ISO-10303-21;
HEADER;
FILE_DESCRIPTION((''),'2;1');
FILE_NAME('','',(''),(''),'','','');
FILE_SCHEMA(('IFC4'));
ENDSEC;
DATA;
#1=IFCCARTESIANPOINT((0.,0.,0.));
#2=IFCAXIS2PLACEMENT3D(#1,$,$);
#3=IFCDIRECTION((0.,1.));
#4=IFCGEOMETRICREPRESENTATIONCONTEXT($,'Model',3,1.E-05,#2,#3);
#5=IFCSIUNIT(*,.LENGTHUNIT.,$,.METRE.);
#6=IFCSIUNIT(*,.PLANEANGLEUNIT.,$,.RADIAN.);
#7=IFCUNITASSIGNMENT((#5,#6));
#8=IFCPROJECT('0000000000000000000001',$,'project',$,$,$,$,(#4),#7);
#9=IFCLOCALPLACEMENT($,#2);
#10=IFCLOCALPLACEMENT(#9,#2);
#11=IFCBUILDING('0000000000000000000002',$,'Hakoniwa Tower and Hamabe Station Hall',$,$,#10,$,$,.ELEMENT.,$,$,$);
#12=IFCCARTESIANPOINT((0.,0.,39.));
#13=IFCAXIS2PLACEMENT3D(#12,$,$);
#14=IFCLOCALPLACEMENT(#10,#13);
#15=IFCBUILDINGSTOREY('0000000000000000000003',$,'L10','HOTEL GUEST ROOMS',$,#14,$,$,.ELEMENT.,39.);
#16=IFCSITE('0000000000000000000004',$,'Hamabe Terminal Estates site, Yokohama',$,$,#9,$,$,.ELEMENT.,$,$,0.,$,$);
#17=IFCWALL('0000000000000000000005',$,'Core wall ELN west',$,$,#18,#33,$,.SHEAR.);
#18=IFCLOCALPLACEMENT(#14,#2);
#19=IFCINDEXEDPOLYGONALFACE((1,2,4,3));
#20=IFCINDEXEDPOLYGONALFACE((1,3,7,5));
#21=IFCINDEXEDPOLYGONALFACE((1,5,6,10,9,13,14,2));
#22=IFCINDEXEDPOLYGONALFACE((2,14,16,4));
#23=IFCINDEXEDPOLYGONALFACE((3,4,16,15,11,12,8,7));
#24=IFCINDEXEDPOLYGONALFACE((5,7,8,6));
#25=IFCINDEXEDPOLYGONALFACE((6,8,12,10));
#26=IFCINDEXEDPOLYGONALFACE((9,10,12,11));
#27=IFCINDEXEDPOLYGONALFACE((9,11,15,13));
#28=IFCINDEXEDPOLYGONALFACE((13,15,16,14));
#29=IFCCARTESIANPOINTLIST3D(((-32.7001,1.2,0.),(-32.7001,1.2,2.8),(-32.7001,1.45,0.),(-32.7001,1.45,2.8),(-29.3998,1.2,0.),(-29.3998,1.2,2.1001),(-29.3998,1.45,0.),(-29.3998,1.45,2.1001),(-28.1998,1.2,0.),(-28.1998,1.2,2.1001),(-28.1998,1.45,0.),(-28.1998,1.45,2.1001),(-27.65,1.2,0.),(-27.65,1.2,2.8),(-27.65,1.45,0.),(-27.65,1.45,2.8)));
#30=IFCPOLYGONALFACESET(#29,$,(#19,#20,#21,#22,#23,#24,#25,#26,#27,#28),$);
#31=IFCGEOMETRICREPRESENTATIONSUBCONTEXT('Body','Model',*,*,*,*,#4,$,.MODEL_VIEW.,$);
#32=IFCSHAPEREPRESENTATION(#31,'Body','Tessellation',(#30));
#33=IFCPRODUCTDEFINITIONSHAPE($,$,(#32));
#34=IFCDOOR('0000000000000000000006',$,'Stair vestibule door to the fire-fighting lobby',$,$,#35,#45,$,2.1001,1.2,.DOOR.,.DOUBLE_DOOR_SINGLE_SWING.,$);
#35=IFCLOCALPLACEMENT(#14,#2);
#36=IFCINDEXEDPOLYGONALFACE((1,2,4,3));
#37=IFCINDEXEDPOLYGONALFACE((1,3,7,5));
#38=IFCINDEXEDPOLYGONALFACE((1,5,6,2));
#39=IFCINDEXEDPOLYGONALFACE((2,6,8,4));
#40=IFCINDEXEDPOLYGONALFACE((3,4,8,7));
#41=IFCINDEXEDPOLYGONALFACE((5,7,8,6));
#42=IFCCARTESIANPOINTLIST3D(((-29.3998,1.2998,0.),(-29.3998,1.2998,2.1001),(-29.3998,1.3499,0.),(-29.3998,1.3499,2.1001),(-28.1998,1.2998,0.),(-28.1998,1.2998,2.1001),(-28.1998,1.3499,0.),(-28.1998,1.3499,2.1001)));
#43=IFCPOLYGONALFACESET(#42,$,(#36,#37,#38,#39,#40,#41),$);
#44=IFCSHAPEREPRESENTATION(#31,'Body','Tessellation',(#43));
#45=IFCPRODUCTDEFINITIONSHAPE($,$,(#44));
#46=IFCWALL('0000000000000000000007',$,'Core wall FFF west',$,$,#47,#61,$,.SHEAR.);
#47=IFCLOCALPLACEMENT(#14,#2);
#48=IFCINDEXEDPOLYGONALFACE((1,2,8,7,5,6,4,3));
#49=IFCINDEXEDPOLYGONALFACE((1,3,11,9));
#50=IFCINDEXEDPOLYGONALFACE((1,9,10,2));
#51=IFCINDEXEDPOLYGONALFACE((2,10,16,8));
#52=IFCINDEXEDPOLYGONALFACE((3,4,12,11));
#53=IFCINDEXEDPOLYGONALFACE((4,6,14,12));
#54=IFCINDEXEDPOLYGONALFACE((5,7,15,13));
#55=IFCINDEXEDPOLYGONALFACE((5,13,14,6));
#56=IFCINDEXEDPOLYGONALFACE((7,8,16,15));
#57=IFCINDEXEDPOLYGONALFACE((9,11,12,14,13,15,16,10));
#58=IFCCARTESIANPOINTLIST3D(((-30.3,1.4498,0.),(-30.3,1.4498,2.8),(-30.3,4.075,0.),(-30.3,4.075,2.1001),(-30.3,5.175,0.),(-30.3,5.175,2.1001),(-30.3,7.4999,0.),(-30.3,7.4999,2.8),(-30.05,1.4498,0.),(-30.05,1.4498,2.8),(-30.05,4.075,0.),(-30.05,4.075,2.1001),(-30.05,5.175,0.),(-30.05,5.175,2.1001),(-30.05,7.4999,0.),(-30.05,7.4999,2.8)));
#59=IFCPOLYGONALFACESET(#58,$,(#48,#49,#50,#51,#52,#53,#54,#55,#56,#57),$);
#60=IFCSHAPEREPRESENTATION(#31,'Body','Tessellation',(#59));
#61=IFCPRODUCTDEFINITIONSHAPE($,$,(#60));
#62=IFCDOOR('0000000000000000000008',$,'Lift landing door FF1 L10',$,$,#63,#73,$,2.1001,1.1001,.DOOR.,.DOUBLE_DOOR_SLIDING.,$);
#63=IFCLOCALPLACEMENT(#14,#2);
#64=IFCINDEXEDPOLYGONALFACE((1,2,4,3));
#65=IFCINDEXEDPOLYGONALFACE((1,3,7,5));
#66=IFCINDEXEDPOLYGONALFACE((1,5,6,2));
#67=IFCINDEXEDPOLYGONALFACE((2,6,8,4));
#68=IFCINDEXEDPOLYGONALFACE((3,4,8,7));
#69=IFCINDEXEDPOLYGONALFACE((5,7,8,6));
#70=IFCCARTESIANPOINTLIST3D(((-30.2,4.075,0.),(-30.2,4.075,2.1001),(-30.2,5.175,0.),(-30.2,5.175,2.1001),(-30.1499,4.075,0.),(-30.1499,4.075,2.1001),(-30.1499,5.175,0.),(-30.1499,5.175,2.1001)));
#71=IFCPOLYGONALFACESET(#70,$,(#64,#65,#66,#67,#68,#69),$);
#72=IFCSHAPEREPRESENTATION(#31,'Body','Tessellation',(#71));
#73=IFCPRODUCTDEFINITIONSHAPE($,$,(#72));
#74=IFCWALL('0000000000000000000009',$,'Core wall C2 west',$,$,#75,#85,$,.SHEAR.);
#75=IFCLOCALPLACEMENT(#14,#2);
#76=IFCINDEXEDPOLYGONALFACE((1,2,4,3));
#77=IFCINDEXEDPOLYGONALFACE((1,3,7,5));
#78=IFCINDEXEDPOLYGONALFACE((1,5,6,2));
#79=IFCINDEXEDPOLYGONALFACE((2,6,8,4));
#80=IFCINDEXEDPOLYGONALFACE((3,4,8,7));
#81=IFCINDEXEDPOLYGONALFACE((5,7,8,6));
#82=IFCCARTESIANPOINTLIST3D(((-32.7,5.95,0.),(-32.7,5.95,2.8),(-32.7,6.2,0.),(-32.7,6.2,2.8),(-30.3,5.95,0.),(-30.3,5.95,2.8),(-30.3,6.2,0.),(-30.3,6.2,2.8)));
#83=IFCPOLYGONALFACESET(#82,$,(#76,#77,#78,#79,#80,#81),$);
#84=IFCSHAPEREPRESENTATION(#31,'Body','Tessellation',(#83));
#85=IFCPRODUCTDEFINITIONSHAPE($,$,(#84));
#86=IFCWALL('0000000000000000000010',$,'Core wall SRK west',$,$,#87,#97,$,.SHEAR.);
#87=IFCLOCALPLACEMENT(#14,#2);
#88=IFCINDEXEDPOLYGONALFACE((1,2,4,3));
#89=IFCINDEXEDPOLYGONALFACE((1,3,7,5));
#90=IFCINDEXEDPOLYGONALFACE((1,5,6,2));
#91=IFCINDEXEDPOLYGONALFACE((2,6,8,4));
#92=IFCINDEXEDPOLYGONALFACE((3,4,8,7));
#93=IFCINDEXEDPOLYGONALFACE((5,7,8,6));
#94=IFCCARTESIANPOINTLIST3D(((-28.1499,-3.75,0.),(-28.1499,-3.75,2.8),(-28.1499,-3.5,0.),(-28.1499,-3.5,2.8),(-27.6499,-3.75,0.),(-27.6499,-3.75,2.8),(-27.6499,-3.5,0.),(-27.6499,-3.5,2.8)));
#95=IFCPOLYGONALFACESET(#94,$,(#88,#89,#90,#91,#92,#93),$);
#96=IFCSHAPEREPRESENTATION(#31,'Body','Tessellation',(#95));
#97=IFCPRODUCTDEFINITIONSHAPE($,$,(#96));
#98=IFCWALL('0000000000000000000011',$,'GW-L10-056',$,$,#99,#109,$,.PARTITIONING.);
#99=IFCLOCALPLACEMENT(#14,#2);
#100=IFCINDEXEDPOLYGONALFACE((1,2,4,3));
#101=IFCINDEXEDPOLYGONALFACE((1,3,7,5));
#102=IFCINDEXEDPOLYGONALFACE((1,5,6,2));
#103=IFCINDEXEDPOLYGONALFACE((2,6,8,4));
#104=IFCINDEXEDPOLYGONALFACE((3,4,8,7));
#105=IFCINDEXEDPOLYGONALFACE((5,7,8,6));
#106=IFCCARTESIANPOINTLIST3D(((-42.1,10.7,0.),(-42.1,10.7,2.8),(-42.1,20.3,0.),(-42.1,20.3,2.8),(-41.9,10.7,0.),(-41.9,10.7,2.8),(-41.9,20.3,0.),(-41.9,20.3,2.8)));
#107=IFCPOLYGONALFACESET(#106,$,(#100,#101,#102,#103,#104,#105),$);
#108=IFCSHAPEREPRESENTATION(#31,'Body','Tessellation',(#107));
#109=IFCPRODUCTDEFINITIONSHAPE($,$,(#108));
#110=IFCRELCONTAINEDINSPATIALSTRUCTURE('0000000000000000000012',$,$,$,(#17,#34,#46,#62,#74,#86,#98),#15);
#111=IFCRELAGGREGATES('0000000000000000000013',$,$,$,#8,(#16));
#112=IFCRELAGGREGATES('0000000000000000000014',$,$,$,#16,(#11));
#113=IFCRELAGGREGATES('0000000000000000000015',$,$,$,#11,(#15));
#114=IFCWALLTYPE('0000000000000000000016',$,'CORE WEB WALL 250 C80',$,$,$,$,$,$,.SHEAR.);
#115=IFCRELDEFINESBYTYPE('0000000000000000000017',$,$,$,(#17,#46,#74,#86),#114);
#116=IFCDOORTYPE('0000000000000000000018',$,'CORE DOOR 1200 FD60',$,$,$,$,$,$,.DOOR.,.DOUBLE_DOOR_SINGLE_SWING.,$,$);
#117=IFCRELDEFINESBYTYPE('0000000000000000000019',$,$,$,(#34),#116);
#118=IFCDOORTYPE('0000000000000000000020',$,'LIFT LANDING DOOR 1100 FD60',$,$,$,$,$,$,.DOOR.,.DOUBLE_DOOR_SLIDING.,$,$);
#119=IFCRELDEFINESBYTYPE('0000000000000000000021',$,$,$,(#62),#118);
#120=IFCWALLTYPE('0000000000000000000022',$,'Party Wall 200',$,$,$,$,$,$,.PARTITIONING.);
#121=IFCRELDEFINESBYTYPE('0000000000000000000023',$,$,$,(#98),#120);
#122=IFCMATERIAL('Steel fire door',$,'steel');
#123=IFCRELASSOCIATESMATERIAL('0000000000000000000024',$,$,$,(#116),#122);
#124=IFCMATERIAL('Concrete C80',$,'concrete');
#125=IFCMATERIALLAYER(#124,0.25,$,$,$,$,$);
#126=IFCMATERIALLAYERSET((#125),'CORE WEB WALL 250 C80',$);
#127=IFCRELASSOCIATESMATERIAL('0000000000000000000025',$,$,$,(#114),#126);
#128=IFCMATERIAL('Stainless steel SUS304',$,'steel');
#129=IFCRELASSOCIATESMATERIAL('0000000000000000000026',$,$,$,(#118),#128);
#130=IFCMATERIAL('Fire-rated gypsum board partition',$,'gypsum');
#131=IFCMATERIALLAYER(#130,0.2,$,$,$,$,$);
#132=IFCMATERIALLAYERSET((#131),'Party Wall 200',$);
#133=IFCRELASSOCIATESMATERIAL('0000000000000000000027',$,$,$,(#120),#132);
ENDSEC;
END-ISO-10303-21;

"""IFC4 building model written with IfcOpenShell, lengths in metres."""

from ifc_helpers import new_model, si_unit, direction, frame, frame_2d, origin, place, context, subcontext, project, spatial, rectangle, extrude, material, layer, layer_set, type_object, element, fill, save


model = new_model("IFC4")

# Units and contexts
model_context = context("Model", 3, precision=1e-05, world=origin(), true_north=direction((0.0, 1.0)))
body_context = subcontext(model_context, "Body", "Model", "MODEL_VIEW")
ifc_project = project(units=[si_unit("LENGTHUNIT", "METRE"), si_unit("PLANEANGLEUNIT", "RADIAN")], contexts=[model_context])

# Site, building, storey
site_placement = place(None, origin())
site = spatial("IfcSite", under=ifc_project, at=site_placement, Name="Hamabe Terminal Estates site, Yokohama", CompositionType="ELEMENT", RefElevation=0.0)
building_placement = place(site_placement, origin())
building = spatial("IfcBuilding", under=site, at=building_placement, Name="Hakoniwa Tower and Hamabe Station Hall", CompositionType="ELEMENT")
storey_placement = place(building_placement, frame((0.0, 0.0, 39.0)))
storey = spatial("IfcBuildingStorey", under=building, at=storey_placement, Name="L10", Description="HOTEL GUEST ROOMS", CompositionType="ELEMENT", Elevation=39.0)

# Shared definitions
ifc_material_1 = material(Name="Steel fire door", Category="steel")
door_type_1 = type_object("IfcDoorType", Name="CORE DOOR 1200 FD60", OperationType="DOUBLE_DOOR_SINGLE_SWING", PredefinedType="DOOR", material=ifc_material_1)

# Walls, openings, doors
ifc_material_2 = material(Name="Concrete C80", Category="concrete")
ifc_layer_1 = layer(ifc_material_2, 0.25)
ifc_layer_set_1 = layer_set([ifc_layer_1], Name="CORE WEB WALL 250 C80")
wall_type_1 = type_object("IfcWallType", Name="CORE WEB WALL 250 C80", PredefinedType="SHEAR", material=ifc_layer_set_1)
wall_1_placement = place(storey_placement, frame((-32.7, 1.325, 0.0), z_axis=(0.0, 0.0, 1.0), x_axis=(1.0, 0.0, 0.0)))
wall_1 = element("IfcWall", 1, at=wall_1_placement, inside=storey, type_object=wall_type_1, Name="Core wall ELN west", PredefinedType="SHEAR", context=body_context, shape_type="SweptSolid", body=[
    extrude(rectangle(XDim=5.05, YDim=0.25, at=frame_2d((2.5249, 0.0))), origin(), (0.0, 0.0, 1.0), 2.8),
])
opening_1_placement = place(wall_1_placement, frame((3.3, 0.0, 0.0)))
opening_1 = element("IfcOpeningElement", 2, at=opening_1_placement, cuts=wall_1, PredefinedType="OPENING", context=body_context, shape_type="SweptSolid", body=[
    extrude(rectangle(XDim=1.2, YDim=2.1001, at=frame_2d((0.6001, 1.05))), frame((0.0, 0.135, 0.0), z_axis=(0.0, -1.0, 0.0), x_axis=(1.0, 0.0, 0.0)), (0.0, 0.0, 1.0), 0.27),
])
door_1_placement = place(opening_1_placement, origin())
door_1 = element("IfcDoor", 3, at=door_1_placement, inside=storey, type_object=door_type_1, Name="Stair vestibule door to the fire-fighting lobby", OperationType="DOUBLE_DOOR_SINGLE_SWING", OverallHeight=2.1001, OverallWidth=1.2, PredefinedType="DOOR", context=body_context, shape_type="SweptSolid", body=[
    extrude(rectangle(XDim=1.2, YDim=2.1001, at=frame_2d((0.6001, 1.05))), frame((0.0, 0.0249, 0.0), z_axis=(0.0, -1.0, 0.0), x_axis=(1.0, 0.0, 0.0)), (0.0, 0.0, 1.0), 0.05),
])
fill(opening_1, door_1)
wall_2_placement = place(storey_placement, frame((-30.175, 1.45, 0.0), z_axis=(0.0, 0.0, 1.0), x_axis=(0.0, 1.0, 0.0)))
wall_2 = element("IfcWall", 4, at=wall_2_placement, inside=storey, type_object=wall_type_1, Name="Core wall FFF west", PredefinedType="SHEAR", context=body_context, shape_type="SweptSolid", body=[
    extrude(rectangle(XDim=6.05, YDim=0.25, at=frame_2d((3.0249, 0.0))), origin(), (0.0, 0.0, 1.0), 2.8),
])
opening_2_placement = place(wall_2_placement, frame((2.625, 0.0, 0.0)))
opening_2 = element("IfcOpeningElement", 5, at=opening_2_placement, cuts=wall_2, PredefinedType="OPENING", context=body_context, shape_type="SweptSolid", body=[
    extrude(rectangle(XDim=1.1001, YDim=2.1001, at=frame_2d((0.55, 1.05))), frame((0.0, 0.135, 0.0), z_axis=(0.0, -1.0, 0.0), x_axis=(1.0, 0.0, 0.0)), (0.0, 0.0, 1.0), 0.27),
])
ifc_material_3 = material(Name="Stainless steel SUS304", Category="steel")
door_type_2 = type_object("IfcDoorType", Name="LIFT LANDING DOOR 1100 FD60", OperationType="DOUBLE_DOOR_SLIDING", PredefinedType="DOOR", material=ifc_material_3)
door_2_placement = place(opening_2_placement, origin())
door_2 = element("IfcDoor", 6, at=door_2_placement, inside=storey, type_object=door_type_2, Name="Lift landing door FF1 L10", OperationType="DOUBLE_DOOR_SLIDING", OverallHeight=2.1001, OverallWidth=1.1001, PredefinedType="DOOR", context=body_context, shape_type="SweptSolid", body=[
    extrude(rectangle(XDim=1.1001, YDim=2.1001, at=frame_2d((0.55, 1.05))), frame((0.0, 0.0249, 0.0), z_axis=(0.0, -1.0, 0.0), x_axis=(1.0, 0.0, 0.0)), (0.0, 0.0, 1.0), 0.05),
])
fill(opening_2, door_2)

# Walls
wall_3_placement = place(storey_placement, frame((-32.7, 6.075, 0.0), z_axis=(0.0, 0.0, 1.0), x_axis=(1.0, 0.0, 0.0)))
element("IfcWall", 7, at=wall_3_placement, inside=storey, type_object=wall_type_1, Name="Core wall C2 west", PredefinedType="SHEAR", context=body_context, shape_type="SweptSolid", body=[
    extrude(rectangle(XDim=2.3999, YDim=0.25, at=frame_2d((1.2, 0.0))), origin(), (0.0, 0.0, 1.0), 2.8),
])
wall_4_placement = place(storey_placement, frame((-28.1499, -3.625, 0.0), z_axis=(0.0, 0.0, 1.0), x_axis=(1.0, 0.0, 0.0)))
element("IfcWall", 8, at=wall_4_placement, inside=storey, type_object=wall_type_1, Name="Core wall SRK west", PredefinedType="SHEAR", context=body_context, shape_type="SweptSolid", body=[
    extrude(rectangle(XDim=0.5, YDim=0.25, at=frame_2d((0.25, 0.0))), origin(), (0.0, 0.0, 1.0), 2.8),
])
ifc_material_4 = material(Name="Fire-rated gypsum board partition", Category="gypsum")
ifc_layer_2 = layer(ifc_material_4, 0.2)
ifc_layer_set_2 = layer_set([ifc_layer_2], Name="Party Wall 200")
wall_type_2 = type_object("IfcWallType", Name="Party Wall 200", PredefinedType="PARTITIONING", material=ifc_layer_set_2)
wall_5_placement = place(storey_placement, frame((-42.0, 10.7, 0.0), z_axis=(0.0, 0.0, 1.0), x_axis=(0.0, 1.0, 0.0)))
element("IfcWall", 9, at=wall_5_placement, inside=storey, type_object=wall_type_2, Name="GW-L10-056", PredefinedType="PARTITIONING", context=body_context, shape_type="SweptSolid", body=[
    extrude(rectangle(XDim=9.6001, YDim=0.2, at=frame_2d((4.8, 0.0))), origin(), (0.0, 0.0, 1.0), 2.8),
])

save(model, "model.ifc")
